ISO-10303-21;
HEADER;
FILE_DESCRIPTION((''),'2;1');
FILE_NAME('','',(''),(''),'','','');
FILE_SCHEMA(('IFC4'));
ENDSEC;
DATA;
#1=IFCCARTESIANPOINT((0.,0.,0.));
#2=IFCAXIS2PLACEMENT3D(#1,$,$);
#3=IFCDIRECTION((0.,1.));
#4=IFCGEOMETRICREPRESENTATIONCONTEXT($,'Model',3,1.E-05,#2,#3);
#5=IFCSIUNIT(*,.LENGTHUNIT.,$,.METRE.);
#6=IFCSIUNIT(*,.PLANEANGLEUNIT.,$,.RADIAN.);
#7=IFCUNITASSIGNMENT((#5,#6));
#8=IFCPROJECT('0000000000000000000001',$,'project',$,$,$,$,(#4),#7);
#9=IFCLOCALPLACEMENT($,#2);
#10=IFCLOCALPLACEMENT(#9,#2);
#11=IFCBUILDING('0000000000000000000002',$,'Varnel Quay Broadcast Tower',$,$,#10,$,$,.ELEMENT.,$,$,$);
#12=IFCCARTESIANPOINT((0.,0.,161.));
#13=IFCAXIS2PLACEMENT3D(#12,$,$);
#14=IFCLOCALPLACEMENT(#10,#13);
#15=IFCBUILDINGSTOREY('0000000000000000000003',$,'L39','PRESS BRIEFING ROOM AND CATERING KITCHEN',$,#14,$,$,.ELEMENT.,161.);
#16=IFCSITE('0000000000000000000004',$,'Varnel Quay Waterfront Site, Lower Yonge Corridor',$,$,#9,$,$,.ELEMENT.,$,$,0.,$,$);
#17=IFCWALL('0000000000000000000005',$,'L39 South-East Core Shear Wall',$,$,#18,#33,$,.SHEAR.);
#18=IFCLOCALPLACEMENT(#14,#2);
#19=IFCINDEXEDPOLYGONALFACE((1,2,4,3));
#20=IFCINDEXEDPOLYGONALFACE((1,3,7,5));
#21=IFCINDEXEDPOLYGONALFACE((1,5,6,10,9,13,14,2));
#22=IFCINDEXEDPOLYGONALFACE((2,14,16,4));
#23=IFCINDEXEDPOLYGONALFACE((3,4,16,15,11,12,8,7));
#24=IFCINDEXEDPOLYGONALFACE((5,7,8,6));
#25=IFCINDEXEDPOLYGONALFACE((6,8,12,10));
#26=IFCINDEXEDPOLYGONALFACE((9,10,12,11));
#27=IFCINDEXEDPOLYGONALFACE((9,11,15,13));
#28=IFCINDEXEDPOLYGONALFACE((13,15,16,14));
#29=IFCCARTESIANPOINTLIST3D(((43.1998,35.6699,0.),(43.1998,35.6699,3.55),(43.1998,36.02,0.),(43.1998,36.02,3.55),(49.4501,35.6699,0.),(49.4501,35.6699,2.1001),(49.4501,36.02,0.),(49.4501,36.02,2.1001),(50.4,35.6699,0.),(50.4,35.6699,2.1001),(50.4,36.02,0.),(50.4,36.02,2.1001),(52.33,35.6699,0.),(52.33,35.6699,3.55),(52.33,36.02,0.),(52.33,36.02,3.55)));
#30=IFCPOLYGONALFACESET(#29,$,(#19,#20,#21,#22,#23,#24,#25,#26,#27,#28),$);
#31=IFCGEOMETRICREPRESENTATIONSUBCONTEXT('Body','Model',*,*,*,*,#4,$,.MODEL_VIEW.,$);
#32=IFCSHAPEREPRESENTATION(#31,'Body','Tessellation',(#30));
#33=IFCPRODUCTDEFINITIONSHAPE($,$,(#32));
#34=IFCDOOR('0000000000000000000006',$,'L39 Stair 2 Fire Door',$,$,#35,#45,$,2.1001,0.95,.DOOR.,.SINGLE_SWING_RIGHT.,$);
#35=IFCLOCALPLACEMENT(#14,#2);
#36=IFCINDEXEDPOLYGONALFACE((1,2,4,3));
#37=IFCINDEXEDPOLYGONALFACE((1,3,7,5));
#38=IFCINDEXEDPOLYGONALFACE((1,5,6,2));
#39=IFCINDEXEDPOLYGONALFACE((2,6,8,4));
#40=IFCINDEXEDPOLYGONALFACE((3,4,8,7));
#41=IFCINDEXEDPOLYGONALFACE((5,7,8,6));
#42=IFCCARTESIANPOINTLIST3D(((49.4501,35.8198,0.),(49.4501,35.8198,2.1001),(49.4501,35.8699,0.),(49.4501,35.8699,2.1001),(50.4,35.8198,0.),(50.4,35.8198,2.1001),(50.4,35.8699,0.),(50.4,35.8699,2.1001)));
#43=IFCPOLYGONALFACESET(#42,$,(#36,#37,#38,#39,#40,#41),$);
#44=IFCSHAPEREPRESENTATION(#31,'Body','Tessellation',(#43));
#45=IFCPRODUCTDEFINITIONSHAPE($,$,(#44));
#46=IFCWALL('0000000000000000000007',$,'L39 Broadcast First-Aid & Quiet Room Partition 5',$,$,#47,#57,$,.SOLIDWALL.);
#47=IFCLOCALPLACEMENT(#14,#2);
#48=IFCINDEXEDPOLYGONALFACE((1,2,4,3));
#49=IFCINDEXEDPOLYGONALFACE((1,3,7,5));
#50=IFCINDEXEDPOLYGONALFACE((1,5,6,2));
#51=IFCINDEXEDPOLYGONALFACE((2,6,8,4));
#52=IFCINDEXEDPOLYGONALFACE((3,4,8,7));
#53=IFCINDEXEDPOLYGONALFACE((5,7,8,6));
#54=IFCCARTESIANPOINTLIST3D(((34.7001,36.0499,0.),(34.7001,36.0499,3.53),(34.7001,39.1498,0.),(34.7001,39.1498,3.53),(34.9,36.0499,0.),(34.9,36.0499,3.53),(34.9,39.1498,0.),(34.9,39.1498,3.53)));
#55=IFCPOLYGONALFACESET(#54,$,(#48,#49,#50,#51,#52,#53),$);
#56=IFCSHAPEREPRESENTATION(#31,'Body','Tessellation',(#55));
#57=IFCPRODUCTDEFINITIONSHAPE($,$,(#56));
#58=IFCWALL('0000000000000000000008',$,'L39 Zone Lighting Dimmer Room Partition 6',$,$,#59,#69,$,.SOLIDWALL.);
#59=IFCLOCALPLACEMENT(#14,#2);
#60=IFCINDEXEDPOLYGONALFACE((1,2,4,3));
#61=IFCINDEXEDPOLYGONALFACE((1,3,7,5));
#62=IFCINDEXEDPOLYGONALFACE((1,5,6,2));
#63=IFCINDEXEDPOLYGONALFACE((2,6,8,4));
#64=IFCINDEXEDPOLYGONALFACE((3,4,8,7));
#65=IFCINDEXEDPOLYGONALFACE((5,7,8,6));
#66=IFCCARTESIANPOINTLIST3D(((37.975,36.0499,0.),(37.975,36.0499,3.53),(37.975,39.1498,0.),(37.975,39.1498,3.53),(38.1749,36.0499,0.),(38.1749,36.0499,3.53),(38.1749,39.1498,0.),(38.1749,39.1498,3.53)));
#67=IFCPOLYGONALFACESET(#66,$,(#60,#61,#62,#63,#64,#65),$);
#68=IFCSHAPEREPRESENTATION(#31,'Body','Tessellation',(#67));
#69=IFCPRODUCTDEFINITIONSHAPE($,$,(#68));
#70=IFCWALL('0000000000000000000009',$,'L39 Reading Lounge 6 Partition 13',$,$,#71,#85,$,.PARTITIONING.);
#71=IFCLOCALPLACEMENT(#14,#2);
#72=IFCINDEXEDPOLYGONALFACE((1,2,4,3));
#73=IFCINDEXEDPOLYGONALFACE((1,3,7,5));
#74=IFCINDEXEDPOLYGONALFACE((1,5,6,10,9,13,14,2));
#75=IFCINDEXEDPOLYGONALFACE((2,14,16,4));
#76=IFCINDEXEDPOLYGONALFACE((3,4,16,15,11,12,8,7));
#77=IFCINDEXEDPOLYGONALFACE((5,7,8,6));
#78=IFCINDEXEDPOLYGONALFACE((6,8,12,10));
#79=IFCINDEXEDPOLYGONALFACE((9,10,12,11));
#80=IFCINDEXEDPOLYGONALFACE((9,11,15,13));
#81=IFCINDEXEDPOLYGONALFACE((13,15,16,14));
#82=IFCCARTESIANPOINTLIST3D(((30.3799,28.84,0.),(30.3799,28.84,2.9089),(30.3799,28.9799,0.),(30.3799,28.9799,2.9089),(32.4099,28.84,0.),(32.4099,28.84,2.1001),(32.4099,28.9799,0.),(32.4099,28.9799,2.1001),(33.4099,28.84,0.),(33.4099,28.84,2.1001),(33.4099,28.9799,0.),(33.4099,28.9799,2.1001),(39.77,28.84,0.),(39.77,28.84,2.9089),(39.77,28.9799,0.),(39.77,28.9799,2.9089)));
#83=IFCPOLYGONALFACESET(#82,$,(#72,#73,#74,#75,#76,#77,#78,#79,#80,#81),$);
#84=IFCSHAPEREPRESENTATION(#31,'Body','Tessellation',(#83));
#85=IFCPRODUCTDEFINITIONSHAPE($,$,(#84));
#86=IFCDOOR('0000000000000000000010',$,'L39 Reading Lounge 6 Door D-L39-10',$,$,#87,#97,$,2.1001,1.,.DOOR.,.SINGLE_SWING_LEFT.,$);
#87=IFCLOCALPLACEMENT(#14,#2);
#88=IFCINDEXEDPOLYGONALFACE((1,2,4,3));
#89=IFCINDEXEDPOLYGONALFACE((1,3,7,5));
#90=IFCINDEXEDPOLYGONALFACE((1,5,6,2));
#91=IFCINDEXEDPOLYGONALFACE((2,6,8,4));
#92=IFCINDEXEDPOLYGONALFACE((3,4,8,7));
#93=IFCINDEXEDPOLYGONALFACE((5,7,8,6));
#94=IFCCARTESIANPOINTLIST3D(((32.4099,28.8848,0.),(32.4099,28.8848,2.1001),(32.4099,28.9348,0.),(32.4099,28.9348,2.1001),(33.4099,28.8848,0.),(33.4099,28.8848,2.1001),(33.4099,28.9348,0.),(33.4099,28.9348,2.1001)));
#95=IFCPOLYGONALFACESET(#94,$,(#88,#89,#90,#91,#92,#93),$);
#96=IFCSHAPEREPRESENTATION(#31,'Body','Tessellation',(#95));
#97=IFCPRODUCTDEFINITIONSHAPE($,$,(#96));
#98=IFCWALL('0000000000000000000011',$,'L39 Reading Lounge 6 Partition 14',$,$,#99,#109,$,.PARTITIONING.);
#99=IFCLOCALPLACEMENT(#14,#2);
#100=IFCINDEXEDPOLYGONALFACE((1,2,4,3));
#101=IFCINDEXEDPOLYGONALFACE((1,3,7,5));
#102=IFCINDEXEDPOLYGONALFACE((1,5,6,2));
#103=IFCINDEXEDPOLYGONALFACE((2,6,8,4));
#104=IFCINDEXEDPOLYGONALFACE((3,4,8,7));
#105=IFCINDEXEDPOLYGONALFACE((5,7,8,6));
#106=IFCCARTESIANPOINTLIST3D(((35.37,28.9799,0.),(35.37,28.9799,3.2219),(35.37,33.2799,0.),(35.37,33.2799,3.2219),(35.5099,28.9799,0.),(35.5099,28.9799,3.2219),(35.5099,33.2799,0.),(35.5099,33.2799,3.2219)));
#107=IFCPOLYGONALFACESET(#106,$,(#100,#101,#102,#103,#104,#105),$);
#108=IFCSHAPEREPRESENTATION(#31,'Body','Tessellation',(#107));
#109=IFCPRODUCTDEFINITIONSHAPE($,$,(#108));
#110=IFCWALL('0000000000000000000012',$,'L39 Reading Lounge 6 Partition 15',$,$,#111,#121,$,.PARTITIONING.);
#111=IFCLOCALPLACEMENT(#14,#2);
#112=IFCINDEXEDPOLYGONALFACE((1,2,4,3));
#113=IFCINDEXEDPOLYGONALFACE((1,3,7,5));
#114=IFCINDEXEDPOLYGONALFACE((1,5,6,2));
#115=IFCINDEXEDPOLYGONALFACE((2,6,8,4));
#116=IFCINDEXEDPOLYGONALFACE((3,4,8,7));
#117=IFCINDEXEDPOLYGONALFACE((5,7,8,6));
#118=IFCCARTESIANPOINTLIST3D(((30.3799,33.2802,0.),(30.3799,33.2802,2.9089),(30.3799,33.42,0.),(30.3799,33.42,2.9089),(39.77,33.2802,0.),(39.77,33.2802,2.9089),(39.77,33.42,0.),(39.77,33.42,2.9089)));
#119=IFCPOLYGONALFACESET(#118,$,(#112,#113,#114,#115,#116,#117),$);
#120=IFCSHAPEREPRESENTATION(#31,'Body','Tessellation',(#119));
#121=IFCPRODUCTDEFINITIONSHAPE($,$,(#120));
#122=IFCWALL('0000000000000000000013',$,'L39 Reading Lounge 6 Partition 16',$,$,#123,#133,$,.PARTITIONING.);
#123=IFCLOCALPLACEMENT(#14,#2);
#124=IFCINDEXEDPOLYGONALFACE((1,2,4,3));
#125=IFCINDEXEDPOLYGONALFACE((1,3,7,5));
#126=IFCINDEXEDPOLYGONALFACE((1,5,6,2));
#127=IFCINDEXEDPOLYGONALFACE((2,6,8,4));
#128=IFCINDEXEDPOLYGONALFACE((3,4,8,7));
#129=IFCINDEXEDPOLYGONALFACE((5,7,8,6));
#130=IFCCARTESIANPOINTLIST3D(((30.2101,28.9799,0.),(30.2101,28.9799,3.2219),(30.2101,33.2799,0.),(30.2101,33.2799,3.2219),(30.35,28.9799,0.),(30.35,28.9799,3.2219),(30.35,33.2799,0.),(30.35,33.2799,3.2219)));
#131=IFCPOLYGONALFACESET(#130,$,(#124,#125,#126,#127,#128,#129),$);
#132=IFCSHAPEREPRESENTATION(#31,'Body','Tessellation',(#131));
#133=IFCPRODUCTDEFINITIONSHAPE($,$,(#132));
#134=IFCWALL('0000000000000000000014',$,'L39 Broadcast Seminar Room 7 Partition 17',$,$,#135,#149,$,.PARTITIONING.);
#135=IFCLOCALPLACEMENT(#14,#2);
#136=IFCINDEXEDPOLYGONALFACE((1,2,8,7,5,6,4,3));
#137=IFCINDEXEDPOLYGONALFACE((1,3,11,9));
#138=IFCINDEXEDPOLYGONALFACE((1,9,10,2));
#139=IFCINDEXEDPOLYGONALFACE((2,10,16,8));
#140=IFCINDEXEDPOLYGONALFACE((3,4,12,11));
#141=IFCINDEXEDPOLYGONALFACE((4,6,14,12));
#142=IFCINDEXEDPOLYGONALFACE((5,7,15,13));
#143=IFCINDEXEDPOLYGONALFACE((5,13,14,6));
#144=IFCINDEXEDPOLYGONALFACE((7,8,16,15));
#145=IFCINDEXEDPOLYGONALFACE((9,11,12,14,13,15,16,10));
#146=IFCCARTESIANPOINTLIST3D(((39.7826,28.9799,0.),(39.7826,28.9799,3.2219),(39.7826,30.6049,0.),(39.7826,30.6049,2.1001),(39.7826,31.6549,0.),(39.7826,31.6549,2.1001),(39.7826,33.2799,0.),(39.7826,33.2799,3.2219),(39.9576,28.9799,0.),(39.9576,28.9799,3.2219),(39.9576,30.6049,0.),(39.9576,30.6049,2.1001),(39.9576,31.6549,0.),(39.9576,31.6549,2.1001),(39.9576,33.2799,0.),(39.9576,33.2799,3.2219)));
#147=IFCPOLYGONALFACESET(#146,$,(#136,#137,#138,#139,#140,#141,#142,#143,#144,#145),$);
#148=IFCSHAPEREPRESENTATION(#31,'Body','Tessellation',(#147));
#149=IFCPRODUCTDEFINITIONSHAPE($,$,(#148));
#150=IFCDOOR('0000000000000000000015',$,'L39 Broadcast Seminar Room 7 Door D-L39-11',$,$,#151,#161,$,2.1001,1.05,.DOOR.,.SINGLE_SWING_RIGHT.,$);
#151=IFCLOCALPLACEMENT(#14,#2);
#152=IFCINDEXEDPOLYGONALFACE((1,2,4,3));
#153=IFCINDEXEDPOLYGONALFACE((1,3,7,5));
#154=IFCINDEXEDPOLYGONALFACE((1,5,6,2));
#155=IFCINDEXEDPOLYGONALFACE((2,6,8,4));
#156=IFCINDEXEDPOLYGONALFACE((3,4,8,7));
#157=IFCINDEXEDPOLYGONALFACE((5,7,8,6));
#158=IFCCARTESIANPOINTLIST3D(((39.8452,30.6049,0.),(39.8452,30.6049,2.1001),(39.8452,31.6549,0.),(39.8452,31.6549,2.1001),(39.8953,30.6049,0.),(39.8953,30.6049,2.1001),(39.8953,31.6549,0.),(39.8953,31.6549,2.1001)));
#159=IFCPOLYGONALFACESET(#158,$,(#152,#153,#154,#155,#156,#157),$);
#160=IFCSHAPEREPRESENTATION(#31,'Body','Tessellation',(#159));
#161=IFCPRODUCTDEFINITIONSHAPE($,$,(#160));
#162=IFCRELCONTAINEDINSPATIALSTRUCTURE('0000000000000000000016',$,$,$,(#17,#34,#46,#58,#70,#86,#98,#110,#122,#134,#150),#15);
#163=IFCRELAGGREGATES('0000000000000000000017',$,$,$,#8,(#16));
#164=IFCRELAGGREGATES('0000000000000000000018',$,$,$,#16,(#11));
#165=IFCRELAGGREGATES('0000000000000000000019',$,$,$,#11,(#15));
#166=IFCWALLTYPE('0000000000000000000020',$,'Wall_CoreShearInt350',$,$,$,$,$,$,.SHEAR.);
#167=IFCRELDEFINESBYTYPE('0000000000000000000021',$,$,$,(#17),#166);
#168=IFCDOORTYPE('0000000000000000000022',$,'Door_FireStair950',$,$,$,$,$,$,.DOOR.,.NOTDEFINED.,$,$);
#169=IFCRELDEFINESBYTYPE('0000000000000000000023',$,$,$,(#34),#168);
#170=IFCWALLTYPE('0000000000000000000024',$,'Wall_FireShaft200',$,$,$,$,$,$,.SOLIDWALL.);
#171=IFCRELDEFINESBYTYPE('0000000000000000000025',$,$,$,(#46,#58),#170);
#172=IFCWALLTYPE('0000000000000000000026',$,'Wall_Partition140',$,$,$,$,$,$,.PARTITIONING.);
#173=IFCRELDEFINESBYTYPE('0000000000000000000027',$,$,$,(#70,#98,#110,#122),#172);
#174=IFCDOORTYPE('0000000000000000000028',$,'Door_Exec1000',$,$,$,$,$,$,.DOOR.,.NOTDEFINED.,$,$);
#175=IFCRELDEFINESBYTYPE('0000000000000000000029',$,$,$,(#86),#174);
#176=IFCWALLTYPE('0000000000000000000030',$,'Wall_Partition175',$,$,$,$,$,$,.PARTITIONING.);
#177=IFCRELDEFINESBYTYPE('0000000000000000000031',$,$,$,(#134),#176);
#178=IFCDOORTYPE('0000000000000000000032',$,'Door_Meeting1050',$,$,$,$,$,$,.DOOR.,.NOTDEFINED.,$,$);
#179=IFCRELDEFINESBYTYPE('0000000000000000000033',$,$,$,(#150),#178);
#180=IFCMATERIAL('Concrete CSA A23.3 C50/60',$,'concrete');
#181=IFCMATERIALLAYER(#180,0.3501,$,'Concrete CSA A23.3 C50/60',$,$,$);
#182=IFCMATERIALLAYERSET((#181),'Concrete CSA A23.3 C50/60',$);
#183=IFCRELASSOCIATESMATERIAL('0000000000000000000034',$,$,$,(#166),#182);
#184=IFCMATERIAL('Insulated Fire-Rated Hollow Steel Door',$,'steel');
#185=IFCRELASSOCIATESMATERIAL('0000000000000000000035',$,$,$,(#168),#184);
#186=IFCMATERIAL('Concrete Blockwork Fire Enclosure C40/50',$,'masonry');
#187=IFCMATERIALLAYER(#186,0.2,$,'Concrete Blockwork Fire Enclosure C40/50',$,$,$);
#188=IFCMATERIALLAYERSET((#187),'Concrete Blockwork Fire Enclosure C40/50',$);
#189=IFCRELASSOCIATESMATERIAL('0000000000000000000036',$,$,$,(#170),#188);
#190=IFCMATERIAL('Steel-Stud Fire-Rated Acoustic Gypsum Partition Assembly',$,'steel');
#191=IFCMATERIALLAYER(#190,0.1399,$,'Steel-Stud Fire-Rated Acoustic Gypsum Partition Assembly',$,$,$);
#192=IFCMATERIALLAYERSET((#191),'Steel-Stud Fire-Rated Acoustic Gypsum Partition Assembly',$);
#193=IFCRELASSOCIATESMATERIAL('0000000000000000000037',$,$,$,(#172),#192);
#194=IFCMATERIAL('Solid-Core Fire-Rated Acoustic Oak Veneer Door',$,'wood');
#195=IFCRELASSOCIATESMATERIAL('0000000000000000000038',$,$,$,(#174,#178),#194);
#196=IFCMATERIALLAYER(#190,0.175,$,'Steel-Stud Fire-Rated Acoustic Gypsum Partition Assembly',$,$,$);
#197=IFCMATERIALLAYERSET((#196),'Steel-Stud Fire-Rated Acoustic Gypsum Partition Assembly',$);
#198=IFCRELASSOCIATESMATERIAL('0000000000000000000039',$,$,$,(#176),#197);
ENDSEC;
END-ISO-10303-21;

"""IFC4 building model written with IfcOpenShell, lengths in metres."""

from ifc_helpers import new_model, si_unit, direction, frame, frame_2d, origin, place, context, subcontext, project, spatial, rectangle, extrude, source, transform, mapped, material, layer, layer_set, type_object, type_shapes, element, fill, save


model = new_model("IFC4")

# Units and contexts
model_context = context("Model", 3, precision=1e-05, world=origin(), true_north=direction((0.0, 1.0)))
body_context = subcontext(model_context, "Body", "Model", "MODEL_VIEW")
ifc_project = project(units=[si_unit("LENGTHUNIT", "METRE"), si_unit("PLANEANGLEUNIT", "RADIAN")], contexts=[model_context])

# Site, building, storey
site_placement = place(None, origin())
site = spatial("IfcSite", under=ifc_project, at=site_placement, Name="Varnel Quay Waterfront Site, Lower Yonge Corridor", CompositionType="ELEMENT", RefElevation=0.0)
building_placement = place(site_placement, origin())
building = spatial("IfcBuilding", under=site, at=building_placement, Name="Varnel Quay Broadcast Tower", CompositionType="ELEMENT")
storey_placement = place(building_placement, frame((0.0, 0.0, 161.0)))
storey = spatial("IfcBuildingStorey", under=building, at=storey_placement, Name="L39", Description="PRESS BRIEFING ROOM AND CATERING KITCHEN", CompositionType="ELEMENT", Elevation=161.0)

# Shared definitions
ifc_material_1 = material(Name="Concrete CSA A23.3 C50/60", Category="concrete")

# Wall, opening, door
ifc_layer_1 = layer(ifc_material_1, 0.3501, Name="Concrete CSA A23.3 C50/60")
ifc_layer_set_1 = layer_set([ifc_layer_1], Name="Concrete CSA A23.3 C50/60")
wall_type_1 = type_object("IfcWallType", Name="Wall_CoreShearInt350", PredefinedType="SHEAR", material=ifc_layer_set_1)
wall_1_placement = place(storey_placement, frame((43.2, 35.845, 0.0), z_axis=(0.0, 0.0, 1.0), x_axis=(1.0, 0.0, 0.0)))
wall_1 = element("IfcWall", 1, at=wall_1_placement, inside=storey, type_object=wall_type_1, Name="L39 South-East Core Shear Wall", PredefinedType="SHEAR", context=body_context, shape_type="SweptSolid", body=[
    extrude(rectangle(XDim=9.1301, YDim=0.3501, at=frame_2d((4.5649, 0.0))), origin(), (0.0, 0.0, 1.0), 3.55),
])
opening_1_placement = place(wall_1_placement, frame((6.25, 0.0, 0.0)))
opening_1 = element("IfcOpeningElement", 2, at=opening_1_placement, cuts=wall_1, PredefinedType="OPENING", context=body_context, shape_type="SweptSolid", body=[
    extrude(rectangle(XDim=0.95, YDim=2.1001, at=frame_2d((0.4751, 1.05))), frame((0.0, 0.1851, 0.0), z_axis=(0.0, -1.0, 0.0), x_axis=(1.0, 0.0, 0.0)), (0.0, 0.0, 1.0), 0.3701),
])
ifc_material_2 = material(Name="Insulated Fire-Rated Hollow Steel Door", Category="steel")
door_type_1 = type_object("IfcDoorType", Name="Door_FireStair950", OperationType="NOTDEFINED", PredefinedType="DOOR", material=ifc_material_2)
shared_shape_1 = source(origin(), body_context, "Body", "SweptSolid", [
    extrude(rectangle(XDim=0.95, YDim=2.1001, at=frame_2d((0.4751, 1.05))), frame((0.0, 0.0249, 0.0), z_axis=(0.0, -1.0, 0.0), x_axis=(1.0, 0.0, 0.0)), (0.0, 0.0, 1.0), 0.05),
])
type_shapes(door_type_1, [shared_shape_1])
door_1_placement = place(opening_1_placement, origin())
door_1 = element("IfcDoor", 3, at=door_1_placement, inside=storey, type_object=door_type_1, Name="L39 Stair 2 Fire Door", OperationType="SINGLE_SWING_RIGHT", OverallHeight=2.1001, OverallWidth=0.95, PredefinedType="DOOR", context=body_context, shape_type="MappedRepresentation", body=[
    mapped(shared_shape_1, transform((0.0, 0.0, 0.0), x_axis=(1.0, 0.0, 0.0), y_axis=(0.0, 1.0, 0.0), z_axis=(0.0, 0.0, 1.0), scale=1.0)),
])
fill(opening_1, door_1)

# Walls
ifc_material_3 = material(Name="Concrete Blockwork Fire Enclosure C40/50", Category="masonry")
ifc_layer_2 = layer(ifc_material_3, 0.2, Name="Concrete Blockwork Fire Enclosure C40/50")
ifc_layer_set_2 = layer_set([ifc_layer_2], Name="Concrete Blockwork Fire Enclosure C40/50")
wall_type_2 = type_object("IfcWallType", Name="Wall_FireShaft200", PredefinedType="SOLIDWALL", material=ifc_layer_set_2)
for number, where, z_axis, x_axis, name in (
    (4, (34.8, 36.05, 0.0), (0.0, 0.0, 1.0), (0.0, 1.0, 0.0), "L39 Broadcast First-Aid & Quiet Room Partition 5"),
    (5, (38.075, 36.05, 0.0), (0.0, 0.0, 1.0), (0.0, 1.0, 0.0), "L39 Zone Lighting Dimmer Room Partition 6"),
):
    element("IfcWall", number, at=place(storey_placement, frame(where, z_axis=z_axis, x_axis=x_axis)), inside=storey, type_object=wall_type_2, Name=name, PredefinedType="SOLIDWALL", context=body_context, shape_type="SweptSolid", body=[
        extrude(rectangle(XDim=3.0999, YDim=0.2, at=frame_2d((1.5498, 0.0))), origin(), (0.0, 0.0, 1.0), 3.53),
    ])

# Wall, opening, door
ifc_material_4 = material(Name="Steel-Stud Fire-Rated Acoustic Gypsum Partition Assembly", Category="steel")
ifc_layer_3 = layer(ifc_material_4, 0.1399, Name="Steel-Stud Fire-Rated Acoustic Gypsum Partition Assembly")
ifc_layer_set_3 = layer_set([ifc_layer_3], Name="Steel-Stud Fire-Rated Acoustic Gypsum Partition Assembly")
wall_type_3 = type_object("IfcWallType", Name="Wall_Partition140", PredefinedType="PARTITIONING", material=ifc_layer_set_3)
wall_2_placement = place(storey_placement, frame((30.3799, 28.9099, 0.0), z_axis=(0.0, 0.0, 1.0), x_axis=(1.0, 0.0, 0.0)))
wall_2 = element("IfcWall", 6, at=wall_2_placement, inside=storey, type_object=wall_type_3, Name="L39 Reading Lounge 6 Partition 13", PredefinedType="PARTITIONING", context=body_context, shape_type="SweptSolid", body=[
    extrude(rectangle(XDim=9.3901, YDim=0.1399, at=frame_2d((4.6951, 0.0))), origin(), (0.0, 0.0, 1.0), 2.9089),
])
opening_2_placement = place(wall_2_placement, frame((2.03, 0.0, 0.0)))
opening_2 = element("IfcOpeningElement", 7, at=opening_2_placement, cuts=wall_2, PredefinedType="OPENING", context=body_context, shape_type="SweptSolid", body=[
    extrude(rectangle(XDim=1.0, YDim=2.1001, at=frame_2d((0.5, 1.05))), frame((0.0, 0.0801, 0.0), z_axis=(0.0, -1.0, 0.0), x_axis=(1.0, 0.0, 0.0)), (0.0, 0.0, 1.0), 0.1599),
])
ifc_material_5 = material(Name="Solid-Core Fire-Rated Acoustic Oak Veneer Door", Category="wood")
door_type_2 = type_object("IfcDoorType", Name="Door_Exec1000", OperationType="NOTDEFINED", PredefinedType="DOOR", material=ifc_material_5)
shared_shape_2 = source(origin(), body_context, "Body", "SweptSolid", [
    extrude(rectangle(XDim=1.0, YDim=2.1001, at=frame_2d((0.5, 1.05))), frame((0.0, 0.0249, 0.0), z_axis=(0.0, -1.0, 0.0), x_axis=(1.0, 0.0, 0.0)), (0.0, 0.0, 1.0), 0.05),
])
type_shapes(door_type_2, [shared_shape_2])
door_2_placement = place(opening_2_placement, origin())
door_2 = element("IfcDoor", 8, at=door_2_placement, inside=storey, type_object=door_type_2, Name="L39 Reading Lounge 6 Door D-L39-10", OperationType="SINGLE_SWING_LEFT", OverallHeight=2.1001, OverallWidth=1.0, PredefinedType="DOOR", context=body_context, shape_type="MappedRepresentation", body=[
    mapped(shared_shape_2, transform((0.0, 0.0, 0.0), x_axis=(1.0, 0.0, 0.0), y_axis=(0.0, 1.0, 0.0), z_axis=(0.0, 0.0, 1.0), scale=1.0)),
])
fill(opening_2, door_2)

# Walls
wall_3_placement = place(storey_placement, frame((35.4399, 28.98, 0.0), z_axis=(0.0, 0.0, 1.0), x_axis=(0.0, 1.0, 0.0)))
element("IfcWall", 9, at=wall_3_placement, inside=storey, type_object=wall_type_3, Name="L39 Reading Lounge 6 Partition 14", PredefinedType="PARTITIONING", context=body_context, shape_type="SweptSolid", body=[
    extrude(rectangle(XDim=4.3, YDim=0.1399, at=frame_2d((2.1499, 0.0))), origin(), (0.0, 0.0, 1.0), 3.2219),
])
wall_4_placement = place(storey_placement, frame((30.3799, 33.3501, 0.0), z_axis=(0.0, 0.0, 1.0), x_axis=(1.0, 0.0, 0.0)))
element("IfcWall", 10, at=wall_4_placement, inside=storey, type_object=wall_type_3, Name="L39 Reading Lounge 6 Partition 15", PredefinedType="PARTITIONING", context=body_context, shape_type="SweptSolid", body=[
    extrude(rectangle(XDim=9.3901, YDim=0.1399, at=frame_2d((4.6951, 0.0))), origin(), (0.0, 0.0, 1.0), 2.9089),
])
wall_5_placement = place(storey_placement, frame((30.28, 28.98, 0.0), z_axis=(0.0, 0.0, 1.0), x_axis=(0.0, 1.0, 0.0)))
element("IfcWall", 11, at=wall_5_placement, inside=storey, type_object=wall_type_3, Name="L39 Reading Lounge 6 Partition 16", PredefinedType="PARTITIONING", context=body_context, shape_type="SweptSolid", body=[
    extrude(rectangle(XDim=4.3, YDim=0.1399, at=frame_2d((2.1499, 0.0))), origin(), (0.0, 0.0, 1.0), 3.2219),
])

# Wall, opening, door
ifc_layer_4 = layer(ifc_material_4, 0.175, Name="Steel-Stud Fire-Rated Acoustic Gypsum Partition Assembly")
ifc_layer_set_4 = layer_set([ifc_layer_4], Name="Steel-Stud Fire-Rated Acoustic Gypsum Partition Assembly")
wall_type_4 = type_object("IfcWallType", Name="Wall_Partition175", PredefinedType="PARTITIONING", material=ifc_layer_set_4)
wall_6_placement = place(storey_placement, frame((39.8701, 28.98, 0.0), z_axis=(0.0, 0.0, 1.0), x_axis=(0.0, 1.0, 0.0)))
wall_6 = element("IfcWall", 12, at=wall_6_placement, inside=storey, type_object=wall_type_4, Name="L39 Broadcast Seminar Room 7 Partition 17", PredefinedType="PARTITIONING", context=body_context, shape_type="SweptSolid", body=[
    extrude(rectangle(XDim=4.3, YDim=0.175, at=frame_2d((2.1499, 0.0))), origin(), (0.0, 0.0, 1.0), 3.2219),
])
opening_3_placement = place(wall_6_placement, frame((1.625, 0.0, 0.0)))
opening_3 = element("IfcOpeningElement", 13, at=opening_3_placement, cuts=wall_6, PredefinedType="OPENING", context=body_context, shape_type="SweptSolid", body=[
    extrude(rectangle(XDim=1.05, YDim=2.1001, at=frame_2d((0.5249, 1.05))), frame((0.0, 0.0977, 0.0), z_axis=(0.0, -1.0, 0.0), x_axis=(1.0, 0.0, 0.0)), (0.0, 0.0, 1.0), 0.1951),
])
door_type_3 = type_object("IfcDoorType", Name="Door_Meeting1050", OperationType="NOTDEFINED", PredefinedType="DOOR", material=ifc_material_5)
shared_shape_3 = source(origin(), body_context, "Body", "SweptSolid", [
    extrude(rectangle(XDim=1.05, YDim=2.1001, at=frame_2d((0.5249, 1.05))), frame((0.0, 0.0249, 0.0), z_axis=(0.0, -1.0, 0.0), x_axis=(1.0, 0.0, 0.0)), (0.0, 0.0, 1.0), 0.05),
])
type_shapes(door_type_3, [shared_shape_3])
door_3_placement = place(opening_3_placement, origin())
door_3 = element("IfcDoor", 14, at=door_3_placement, inside=storey, type_object=door_type_3, Name="L39 Broadcast Seminar Room 7 Door D-L39-11", OperationType="SINGLE_SWING_RIGHT", OverallHeight=2.1001, OverallWidth=1.05, PredefinedType="DOOR", context=body_context, shape_type="MappedRepresentation", body=[
    mapped(shared_shape_3, transform((0.0, 0.0, 0.0), x_axis=(1.0, 0.0, 0.0), y_axis=(0.0, 1.0, 0.0), z_axis=(0.0, 0.0, 1.0), scale=1.0)),
])
fill(opening_3, door_3)

save(model, "model.ifc")
